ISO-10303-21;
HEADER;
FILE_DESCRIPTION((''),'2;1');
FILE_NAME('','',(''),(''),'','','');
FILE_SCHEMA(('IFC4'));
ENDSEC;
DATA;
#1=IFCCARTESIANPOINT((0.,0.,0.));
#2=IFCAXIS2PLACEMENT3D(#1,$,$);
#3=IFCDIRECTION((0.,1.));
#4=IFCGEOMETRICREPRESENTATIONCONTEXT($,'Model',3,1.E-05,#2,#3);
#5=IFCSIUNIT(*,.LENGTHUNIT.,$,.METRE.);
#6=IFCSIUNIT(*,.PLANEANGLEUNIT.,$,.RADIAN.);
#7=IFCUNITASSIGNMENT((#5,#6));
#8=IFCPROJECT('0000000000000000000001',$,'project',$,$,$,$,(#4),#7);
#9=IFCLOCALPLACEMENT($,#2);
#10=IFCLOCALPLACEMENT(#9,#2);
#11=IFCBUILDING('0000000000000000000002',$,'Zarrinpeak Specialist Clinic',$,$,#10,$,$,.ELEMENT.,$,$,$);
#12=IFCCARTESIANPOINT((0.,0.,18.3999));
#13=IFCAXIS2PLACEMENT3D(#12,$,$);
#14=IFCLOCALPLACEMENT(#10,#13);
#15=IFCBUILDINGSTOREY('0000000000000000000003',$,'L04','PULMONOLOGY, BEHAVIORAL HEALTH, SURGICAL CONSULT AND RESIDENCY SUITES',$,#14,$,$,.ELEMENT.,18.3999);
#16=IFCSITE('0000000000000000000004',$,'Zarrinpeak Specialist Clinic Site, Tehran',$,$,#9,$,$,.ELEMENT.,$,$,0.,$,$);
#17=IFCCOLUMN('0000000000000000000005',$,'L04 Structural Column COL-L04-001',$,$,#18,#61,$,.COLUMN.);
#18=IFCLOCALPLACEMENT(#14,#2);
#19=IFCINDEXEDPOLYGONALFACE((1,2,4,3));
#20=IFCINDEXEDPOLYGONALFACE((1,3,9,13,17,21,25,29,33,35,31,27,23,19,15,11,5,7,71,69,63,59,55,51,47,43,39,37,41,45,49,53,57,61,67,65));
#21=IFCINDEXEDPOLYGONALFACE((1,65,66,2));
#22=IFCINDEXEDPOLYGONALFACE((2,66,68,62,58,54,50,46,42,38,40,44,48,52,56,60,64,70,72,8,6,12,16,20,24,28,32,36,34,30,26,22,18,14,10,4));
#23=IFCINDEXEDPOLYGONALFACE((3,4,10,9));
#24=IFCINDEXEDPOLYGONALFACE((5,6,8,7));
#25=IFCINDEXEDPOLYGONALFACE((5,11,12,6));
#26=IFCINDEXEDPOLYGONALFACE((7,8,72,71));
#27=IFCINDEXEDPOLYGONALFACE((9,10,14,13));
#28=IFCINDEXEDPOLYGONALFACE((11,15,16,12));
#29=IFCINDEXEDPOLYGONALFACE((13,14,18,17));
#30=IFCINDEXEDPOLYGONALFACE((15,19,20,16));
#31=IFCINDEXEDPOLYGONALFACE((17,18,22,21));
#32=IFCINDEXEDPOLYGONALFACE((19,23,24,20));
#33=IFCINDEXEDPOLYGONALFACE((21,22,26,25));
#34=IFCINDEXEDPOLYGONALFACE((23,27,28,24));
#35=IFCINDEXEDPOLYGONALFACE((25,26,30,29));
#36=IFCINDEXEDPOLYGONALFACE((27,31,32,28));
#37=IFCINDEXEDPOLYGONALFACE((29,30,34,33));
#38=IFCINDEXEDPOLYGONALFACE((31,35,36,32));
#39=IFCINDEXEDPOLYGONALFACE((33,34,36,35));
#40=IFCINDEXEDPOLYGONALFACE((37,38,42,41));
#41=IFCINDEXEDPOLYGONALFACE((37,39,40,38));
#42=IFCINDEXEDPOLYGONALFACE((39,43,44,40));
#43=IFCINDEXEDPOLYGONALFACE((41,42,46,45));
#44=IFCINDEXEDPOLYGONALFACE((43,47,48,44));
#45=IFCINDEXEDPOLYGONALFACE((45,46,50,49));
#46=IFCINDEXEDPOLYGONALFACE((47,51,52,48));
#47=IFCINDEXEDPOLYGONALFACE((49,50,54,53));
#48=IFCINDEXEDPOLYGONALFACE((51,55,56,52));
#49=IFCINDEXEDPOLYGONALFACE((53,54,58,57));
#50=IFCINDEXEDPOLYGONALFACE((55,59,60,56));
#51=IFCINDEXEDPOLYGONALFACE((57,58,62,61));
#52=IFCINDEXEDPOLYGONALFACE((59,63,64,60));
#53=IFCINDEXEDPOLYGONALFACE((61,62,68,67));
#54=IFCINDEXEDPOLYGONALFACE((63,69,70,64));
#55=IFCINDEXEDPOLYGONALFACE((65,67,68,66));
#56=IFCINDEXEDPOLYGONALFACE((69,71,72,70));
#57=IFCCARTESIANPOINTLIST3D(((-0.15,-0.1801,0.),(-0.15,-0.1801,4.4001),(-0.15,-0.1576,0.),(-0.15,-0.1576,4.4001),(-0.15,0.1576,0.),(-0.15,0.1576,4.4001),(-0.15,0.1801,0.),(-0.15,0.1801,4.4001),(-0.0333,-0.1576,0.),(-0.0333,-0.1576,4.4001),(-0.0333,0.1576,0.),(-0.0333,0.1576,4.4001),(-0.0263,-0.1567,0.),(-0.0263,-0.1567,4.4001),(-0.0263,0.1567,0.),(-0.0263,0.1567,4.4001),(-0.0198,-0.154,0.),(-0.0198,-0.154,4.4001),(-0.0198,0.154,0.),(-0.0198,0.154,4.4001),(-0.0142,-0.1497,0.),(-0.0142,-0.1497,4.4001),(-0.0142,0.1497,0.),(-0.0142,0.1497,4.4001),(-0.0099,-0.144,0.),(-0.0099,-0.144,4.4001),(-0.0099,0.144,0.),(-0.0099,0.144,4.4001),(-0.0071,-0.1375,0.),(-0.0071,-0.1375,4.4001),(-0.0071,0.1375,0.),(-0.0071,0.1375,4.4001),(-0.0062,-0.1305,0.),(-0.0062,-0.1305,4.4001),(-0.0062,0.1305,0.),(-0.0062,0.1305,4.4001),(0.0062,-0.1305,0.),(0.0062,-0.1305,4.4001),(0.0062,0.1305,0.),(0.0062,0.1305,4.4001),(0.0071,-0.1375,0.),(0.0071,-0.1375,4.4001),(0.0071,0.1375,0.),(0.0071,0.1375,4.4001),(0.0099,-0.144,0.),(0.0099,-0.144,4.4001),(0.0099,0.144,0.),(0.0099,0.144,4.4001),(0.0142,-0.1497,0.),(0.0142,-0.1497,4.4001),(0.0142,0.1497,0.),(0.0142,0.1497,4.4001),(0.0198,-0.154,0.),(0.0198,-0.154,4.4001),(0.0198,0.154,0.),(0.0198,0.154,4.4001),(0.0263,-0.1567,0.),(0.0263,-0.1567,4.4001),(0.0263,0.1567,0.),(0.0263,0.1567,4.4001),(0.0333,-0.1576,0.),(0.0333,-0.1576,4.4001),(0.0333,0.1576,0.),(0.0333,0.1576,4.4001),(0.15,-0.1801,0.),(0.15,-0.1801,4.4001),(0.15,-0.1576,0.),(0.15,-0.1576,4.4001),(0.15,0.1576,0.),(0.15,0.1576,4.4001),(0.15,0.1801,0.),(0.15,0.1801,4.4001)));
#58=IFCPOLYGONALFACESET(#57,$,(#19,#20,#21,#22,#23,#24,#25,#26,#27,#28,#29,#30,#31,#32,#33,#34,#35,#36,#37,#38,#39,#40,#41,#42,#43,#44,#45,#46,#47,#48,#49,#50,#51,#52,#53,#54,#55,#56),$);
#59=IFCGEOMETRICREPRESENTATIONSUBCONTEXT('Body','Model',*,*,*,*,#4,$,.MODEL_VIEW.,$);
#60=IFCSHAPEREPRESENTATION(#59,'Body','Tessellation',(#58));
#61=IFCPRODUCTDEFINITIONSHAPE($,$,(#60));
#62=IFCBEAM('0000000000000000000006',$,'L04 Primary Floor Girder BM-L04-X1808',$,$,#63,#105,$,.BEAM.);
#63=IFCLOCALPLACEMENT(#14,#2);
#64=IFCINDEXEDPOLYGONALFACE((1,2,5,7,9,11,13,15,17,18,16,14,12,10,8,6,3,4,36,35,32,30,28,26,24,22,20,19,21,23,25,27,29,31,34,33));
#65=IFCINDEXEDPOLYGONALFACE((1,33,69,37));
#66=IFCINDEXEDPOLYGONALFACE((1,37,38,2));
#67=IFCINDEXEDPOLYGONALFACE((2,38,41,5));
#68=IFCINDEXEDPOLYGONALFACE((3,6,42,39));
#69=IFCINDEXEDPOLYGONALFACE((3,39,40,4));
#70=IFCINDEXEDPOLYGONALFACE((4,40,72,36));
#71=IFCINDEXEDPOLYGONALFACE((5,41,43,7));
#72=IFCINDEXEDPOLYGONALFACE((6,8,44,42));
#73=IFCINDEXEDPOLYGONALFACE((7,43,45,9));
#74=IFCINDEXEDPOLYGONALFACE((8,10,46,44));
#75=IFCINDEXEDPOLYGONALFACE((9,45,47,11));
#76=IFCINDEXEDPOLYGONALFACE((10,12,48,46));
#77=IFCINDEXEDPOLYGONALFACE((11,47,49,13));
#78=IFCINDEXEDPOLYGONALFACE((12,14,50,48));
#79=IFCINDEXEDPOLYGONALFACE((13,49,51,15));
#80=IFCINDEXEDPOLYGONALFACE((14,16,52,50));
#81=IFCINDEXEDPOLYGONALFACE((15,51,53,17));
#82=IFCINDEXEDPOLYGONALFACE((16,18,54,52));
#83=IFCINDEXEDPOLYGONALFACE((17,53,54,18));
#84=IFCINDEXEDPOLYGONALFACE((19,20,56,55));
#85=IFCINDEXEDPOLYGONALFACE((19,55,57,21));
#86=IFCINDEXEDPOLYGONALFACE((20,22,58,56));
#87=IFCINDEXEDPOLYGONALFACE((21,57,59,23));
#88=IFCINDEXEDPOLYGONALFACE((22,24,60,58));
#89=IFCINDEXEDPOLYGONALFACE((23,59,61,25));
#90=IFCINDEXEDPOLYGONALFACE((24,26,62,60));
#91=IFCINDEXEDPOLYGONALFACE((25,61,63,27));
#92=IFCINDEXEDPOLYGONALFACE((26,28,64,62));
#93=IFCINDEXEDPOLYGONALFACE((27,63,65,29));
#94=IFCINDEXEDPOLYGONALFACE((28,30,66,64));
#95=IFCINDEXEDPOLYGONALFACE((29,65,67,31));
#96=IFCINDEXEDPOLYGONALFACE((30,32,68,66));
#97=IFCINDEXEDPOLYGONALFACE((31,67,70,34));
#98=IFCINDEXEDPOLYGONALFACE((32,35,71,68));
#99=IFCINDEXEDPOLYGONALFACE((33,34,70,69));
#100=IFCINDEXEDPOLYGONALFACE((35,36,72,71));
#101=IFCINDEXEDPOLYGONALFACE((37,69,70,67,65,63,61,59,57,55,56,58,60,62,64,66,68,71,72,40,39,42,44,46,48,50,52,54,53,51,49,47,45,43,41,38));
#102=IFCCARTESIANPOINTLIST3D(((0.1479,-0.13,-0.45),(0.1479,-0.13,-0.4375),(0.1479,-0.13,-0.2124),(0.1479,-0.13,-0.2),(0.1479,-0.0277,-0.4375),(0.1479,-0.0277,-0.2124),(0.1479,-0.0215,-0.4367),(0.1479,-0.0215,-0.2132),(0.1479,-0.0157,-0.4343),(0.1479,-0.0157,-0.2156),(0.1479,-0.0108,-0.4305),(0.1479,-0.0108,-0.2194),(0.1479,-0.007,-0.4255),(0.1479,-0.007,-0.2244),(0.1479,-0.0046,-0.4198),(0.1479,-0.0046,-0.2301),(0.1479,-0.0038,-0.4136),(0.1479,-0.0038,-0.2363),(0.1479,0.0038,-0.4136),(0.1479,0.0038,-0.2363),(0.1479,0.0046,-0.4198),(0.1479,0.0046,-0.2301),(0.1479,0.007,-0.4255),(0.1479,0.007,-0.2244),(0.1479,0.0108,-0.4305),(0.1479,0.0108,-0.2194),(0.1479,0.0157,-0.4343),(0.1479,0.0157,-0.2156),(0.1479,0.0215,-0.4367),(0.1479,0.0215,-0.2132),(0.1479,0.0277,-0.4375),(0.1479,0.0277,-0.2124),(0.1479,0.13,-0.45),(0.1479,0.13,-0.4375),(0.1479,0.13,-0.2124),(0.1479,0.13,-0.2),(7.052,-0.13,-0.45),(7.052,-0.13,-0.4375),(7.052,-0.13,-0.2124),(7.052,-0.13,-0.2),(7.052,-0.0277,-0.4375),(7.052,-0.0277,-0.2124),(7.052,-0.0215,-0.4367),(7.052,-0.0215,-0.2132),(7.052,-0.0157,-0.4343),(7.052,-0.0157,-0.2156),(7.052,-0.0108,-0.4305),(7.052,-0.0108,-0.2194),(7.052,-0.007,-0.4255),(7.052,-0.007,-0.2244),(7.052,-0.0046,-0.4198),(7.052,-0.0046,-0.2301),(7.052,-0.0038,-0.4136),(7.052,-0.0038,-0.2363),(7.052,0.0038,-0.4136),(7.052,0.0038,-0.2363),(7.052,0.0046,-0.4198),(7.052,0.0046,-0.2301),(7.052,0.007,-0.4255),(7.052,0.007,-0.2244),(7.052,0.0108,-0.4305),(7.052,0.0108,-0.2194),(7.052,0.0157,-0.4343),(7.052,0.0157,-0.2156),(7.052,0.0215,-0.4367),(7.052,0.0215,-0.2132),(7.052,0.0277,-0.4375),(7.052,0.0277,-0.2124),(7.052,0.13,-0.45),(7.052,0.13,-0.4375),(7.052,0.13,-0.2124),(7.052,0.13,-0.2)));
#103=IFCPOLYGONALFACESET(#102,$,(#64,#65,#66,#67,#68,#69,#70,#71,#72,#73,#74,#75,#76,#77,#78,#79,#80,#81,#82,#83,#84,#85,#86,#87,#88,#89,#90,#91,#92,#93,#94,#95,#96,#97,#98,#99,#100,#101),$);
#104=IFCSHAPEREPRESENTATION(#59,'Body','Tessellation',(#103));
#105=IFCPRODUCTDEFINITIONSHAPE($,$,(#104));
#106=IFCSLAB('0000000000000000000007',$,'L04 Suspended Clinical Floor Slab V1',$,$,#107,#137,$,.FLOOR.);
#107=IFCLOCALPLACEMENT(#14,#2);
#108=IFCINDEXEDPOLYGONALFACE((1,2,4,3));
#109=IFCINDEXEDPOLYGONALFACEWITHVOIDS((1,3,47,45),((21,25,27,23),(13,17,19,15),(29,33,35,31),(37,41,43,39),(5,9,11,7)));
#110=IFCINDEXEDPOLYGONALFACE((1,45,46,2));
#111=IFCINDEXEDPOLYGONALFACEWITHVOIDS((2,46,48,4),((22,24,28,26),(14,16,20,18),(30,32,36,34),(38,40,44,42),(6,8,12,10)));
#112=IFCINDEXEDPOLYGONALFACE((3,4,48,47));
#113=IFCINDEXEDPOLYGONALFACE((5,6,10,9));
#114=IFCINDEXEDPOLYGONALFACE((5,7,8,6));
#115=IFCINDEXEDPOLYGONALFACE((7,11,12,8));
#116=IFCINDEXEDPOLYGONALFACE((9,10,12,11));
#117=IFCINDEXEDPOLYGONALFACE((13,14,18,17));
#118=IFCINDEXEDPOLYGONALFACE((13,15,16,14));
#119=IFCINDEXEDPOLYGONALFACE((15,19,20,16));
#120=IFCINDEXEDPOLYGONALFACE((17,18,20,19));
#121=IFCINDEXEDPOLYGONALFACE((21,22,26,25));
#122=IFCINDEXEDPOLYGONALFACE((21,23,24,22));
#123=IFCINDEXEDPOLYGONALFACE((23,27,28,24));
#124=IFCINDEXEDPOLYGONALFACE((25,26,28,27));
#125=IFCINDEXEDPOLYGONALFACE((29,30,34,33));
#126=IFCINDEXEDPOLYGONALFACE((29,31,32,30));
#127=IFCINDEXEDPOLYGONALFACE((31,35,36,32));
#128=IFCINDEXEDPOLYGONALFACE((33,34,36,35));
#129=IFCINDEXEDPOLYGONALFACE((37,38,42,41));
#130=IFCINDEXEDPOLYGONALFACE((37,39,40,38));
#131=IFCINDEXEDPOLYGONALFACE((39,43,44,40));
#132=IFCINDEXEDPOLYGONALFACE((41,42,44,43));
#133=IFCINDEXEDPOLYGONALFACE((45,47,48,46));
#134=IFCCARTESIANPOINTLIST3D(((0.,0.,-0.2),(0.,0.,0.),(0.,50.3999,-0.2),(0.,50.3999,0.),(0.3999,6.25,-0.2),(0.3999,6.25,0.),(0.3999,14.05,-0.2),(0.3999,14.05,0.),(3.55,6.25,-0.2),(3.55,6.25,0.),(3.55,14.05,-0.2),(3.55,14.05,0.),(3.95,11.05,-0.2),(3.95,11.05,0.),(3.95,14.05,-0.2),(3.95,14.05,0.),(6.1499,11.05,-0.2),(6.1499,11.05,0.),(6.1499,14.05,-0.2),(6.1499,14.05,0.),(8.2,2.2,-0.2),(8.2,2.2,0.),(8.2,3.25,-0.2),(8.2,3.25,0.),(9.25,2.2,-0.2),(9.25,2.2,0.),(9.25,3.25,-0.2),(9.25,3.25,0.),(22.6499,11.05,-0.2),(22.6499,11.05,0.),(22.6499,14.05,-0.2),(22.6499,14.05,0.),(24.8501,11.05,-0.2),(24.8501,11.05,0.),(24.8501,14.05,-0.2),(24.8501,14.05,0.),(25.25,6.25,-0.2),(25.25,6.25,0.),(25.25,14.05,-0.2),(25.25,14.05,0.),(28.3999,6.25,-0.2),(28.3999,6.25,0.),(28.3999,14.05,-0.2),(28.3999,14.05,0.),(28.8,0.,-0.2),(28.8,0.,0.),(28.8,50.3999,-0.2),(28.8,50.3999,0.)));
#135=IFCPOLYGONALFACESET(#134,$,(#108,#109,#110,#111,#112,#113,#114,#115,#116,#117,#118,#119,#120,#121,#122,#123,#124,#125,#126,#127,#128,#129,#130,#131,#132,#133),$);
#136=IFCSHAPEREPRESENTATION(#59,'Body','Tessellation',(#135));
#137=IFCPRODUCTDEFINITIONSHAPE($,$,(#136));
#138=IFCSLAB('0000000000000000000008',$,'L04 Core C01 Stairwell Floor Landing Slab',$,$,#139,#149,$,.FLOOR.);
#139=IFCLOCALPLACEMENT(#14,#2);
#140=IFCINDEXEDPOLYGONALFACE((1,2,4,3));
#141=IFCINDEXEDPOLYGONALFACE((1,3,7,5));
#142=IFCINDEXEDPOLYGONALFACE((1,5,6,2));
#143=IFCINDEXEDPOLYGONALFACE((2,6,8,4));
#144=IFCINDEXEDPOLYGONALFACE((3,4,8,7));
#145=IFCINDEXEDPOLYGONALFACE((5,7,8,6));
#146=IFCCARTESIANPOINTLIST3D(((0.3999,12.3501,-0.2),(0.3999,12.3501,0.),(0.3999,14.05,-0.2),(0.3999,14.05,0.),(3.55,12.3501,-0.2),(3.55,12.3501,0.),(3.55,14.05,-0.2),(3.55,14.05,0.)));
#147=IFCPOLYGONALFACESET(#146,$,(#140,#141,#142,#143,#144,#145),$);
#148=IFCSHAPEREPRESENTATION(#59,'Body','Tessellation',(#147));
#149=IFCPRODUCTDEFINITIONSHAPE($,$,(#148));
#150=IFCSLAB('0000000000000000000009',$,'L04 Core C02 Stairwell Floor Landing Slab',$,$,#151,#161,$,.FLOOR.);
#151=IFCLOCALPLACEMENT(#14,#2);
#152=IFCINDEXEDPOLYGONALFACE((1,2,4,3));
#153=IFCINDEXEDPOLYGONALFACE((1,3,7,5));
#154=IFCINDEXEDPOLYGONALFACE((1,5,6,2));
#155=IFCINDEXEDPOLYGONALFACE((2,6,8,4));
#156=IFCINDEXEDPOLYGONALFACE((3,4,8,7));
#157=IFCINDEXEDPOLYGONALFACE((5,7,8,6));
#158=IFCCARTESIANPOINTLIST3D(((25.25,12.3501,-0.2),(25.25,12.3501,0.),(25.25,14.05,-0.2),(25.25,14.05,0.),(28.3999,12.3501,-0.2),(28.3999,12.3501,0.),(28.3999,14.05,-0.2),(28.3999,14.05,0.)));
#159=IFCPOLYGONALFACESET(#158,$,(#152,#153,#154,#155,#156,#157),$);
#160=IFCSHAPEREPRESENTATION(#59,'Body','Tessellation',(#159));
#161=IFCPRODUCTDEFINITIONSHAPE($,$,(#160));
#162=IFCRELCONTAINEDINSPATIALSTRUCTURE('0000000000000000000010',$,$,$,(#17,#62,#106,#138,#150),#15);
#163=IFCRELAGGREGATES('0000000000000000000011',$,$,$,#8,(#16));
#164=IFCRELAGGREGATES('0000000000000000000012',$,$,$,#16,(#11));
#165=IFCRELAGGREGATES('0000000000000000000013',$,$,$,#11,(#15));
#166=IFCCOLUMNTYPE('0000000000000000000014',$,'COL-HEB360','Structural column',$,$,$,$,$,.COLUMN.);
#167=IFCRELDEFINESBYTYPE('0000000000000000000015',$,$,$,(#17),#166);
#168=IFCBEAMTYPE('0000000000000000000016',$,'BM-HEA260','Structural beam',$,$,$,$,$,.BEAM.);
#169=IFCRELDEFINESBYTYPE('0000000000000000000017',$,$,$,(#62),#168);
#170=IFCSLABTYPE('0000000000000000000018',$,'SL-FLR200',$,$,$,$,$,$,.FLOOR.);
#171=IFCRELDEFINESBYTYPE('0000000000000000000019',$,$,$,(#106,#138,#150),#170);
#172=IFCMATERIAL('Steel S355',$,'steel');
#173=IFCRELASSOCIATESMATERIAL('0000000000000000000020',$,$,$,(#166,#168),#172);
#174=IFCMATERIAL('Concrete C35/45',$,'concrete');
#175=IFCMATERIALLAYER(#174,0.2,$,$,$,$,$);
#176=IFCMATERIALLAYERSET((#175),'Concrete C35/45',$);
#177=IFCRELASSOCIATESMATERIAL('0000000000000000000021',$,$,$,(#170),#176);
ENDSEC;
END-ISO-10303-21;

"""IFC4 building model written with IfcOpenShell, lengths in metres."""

from ifc_helpers import new_model, si_unit, direction, frame, origin, origin_with_axes, origin_2d, place, context, subcontext, project, spatial, polyline, i_section, outline, extrude, material, layer, layer_set, material_profile, profile_set, type_object, element, save


model = new_model("IFC4")

# Units and contexts
model_context = context("Model", 3, precision=1e-05, world=origin(), true_north=direction((0.0, 1.0)))
body_context = subcontext(model_context, "Body", "Model", "MODEL_VIEW")
ifc_project = project(units=[si_unit("LENGTHUNIT", "METRE"), si_unit("PLANEANGLEUNIT", "RADIAN")], contexts=[model_context])

# Site, building, storey
site_placement = place(None, origin())
site = spatial("IfcSite", under=ifc_project, at=site_placement, Name="Zarrinpeak Specialist Clinic Site, Tehran", CompositionType="ELEMENT", RefElevation=0.0)
building_placement = place(site_placement, origin())
building = spatial("IfcBuilding", under=site, at=building_placement, Name="Zarrinpeak Specialist Clinic", CompositionType="ELEMENT")
storey_placement = place(building_placement, frame((0.0, 0.0, 18.3999)))
storey = spatial("IfcBuildingStorey", under=building, at=storey_placement, Name="L04", Description="PULMONOLOGY, BEHAVIORAL HEALTH, SURGICAL CONSULT AND RESIDENCY SUITES", CompositionType="ELEMENT", Elevation=18.3999)

# Column
ifc_material_1 = material(Name="Steel S355", Category="steel")
ifc_material_profile_1 = material_profile(ifc_material_1, i_section(OverallWidth=0.3, OverallDepth=0.3601, WebThickness=0.0125, FlangeThickness=0.0225, FilletRadius=0.0271, at=origin_2d()), Name="HEB 360")
ifc_profile_set_1 = profile_set([ifc_material_profile_1], Name="Steel S355")
column_type = type_object("IfcColumnType", Name="COL-HEB360", Description="Structural column", PredefinedType="COLUMN", material=ifc_profile_set_1)
column_placement = place(storey_placement, origin_with_axes())
element("IfcColumn", 1, at=column_placement, inside=storey, type_object=column_type, Name="L04 Structural Column COL-L04-001", PredefinedType="COLUMN", context=body_context, shape_type="SweptSolid", body=[
    extrude(i_section(OverallWidth=0.3, OverallDepth=0.3601, WebThickness=0.0125, FlangeThickness=0.0225, FilletRadius=0.0271, at=origin_2d()), origin(), (0.0, 0.0, 1.0), 4.4001),
])

# Beam
ifc_material_profile_2 = material_profile(ifc_material_1, i_section(OverallWidth=0.26, OverallDepth=0.25, WebThickness=0.0076, FlangeThickness=0.0125, FilletRadius=0.0239, at=origin_2d()), Name="HEA 260")
ifc_profile_set_2 = profile_set([ifc_material_profile_2], Name="Steel S355")
beam_type = type_object("IfcBeamType", Name="BM-HEA260", Description="Structural beam", PredefinedType="BEAM", material=ifc_profile_set_2)
beam_placement = place(storey_placement, frame((0.1479, 0.0, -0.325), z_axis=(1.0, 0.0, 0.0), x_axis=(0.0, 1.0, 0.0)))
element("IfcBeam", 2, at=beam_placement, inside=storey, type_object=beam_type, Name="L04 Primary Floor Girder BM-L04-X1808", PredefinedType="BEAM", context=body_context, shape_type="SweptSolid", body=[
    extrude(i_section(OverallWidth=0.26, OverallDepth=0.25, WebThickness=0.0076, FlangeThickness=0.0125, FilletRadius=0.0239, at=origin_2d()), origin(), (0.0, 0.0, 1.0), 6.9041),
])

# Slabs
ifc_material_2 = material(Name="Concrete C35/45", Category="concrete")
ifc_layer_1 = layer(ifc_material_2, 0.2)
ifc_layer_set_1 = layer_set([ifc_layer_1], Name="Concrete C35/45")
slab_type = type_object("IfcSlabType", Name="SL-FLR200", PredefinedType="FLOOR", material=ifc_layer_set_1)
slab_1_placement = place(storey_placement, frame((0.0, 0.0, -0.2)))
element("IfcSlab", 3, at=slab_1_placement, inside=storey, type_object=slab_type, Name="L04 Suspended Clinical Floor Slab V1", PredefinedType="FLOOR", context=body_context, shape_type="SweptSolid", body=[
    extrude(outline(polyline([(0.0, 0.0), (28.8, 0.0), (28.8, 50.3999), (0.0, 50.3999), (0.0, 0.0)]), holes=[polyline([(0.3999, 6.25), (3.55, 6.25), (3.55, 14.05), (0.3999, 14.05), (0.3999, 6.25)]), polyline([(3.95, 11.05), (6.1499, 11.05), (6.1499, 14.05), (3.95, 14.05), (3.95, 11.05)]), polyline([(25.25, 6.25), (28.3999, 6.25), (28.3999, 14.05), (25.25, 14.05), (25.25, 6.25)]), polyline([(22.6499, 11.05), (24.8501, 11.05), (24.8501, 14.05), (22.6499, 14.05), (22.6499, 11.05)]), polyline([(8.2, 2.2), (9.25, 2.2), (9.25, 3.25), (8.2, 3.25), (8.2, 2.2)])]), origin(), (0.0, 0.0, 1.0), 0.2),
])
slab_2_placement = place(storey_placement, frame((0.0, 0.0, -0.2)))
element("IfcSlab", 4, at=slab_2_placement, inside=storey, type_object=slab_type, Name="L04 Core C01 Stairwell Floor Landing Slab", PredefinedType="FLOOR", context=body_context, shape_type="SweptSolid", body=[
    extrude(outline(polyline([(0.3999, 12.3501), (3.55, 12.3501), (3.55, 14.05), (0.3999, 14.05), (0.3999, 12.3501)])), origin(), (0.0, 0.0, 1.0), 0.2),
])
slab_3_placement = place(storey_placement, frame((0.0, 0.0, -0.2)))
element("IfcSlab", 5, at=slab_3_placement, inside=storey, type_object=slab_type, Name="L04 Core C02 Stairwell Floor Landing Slab", PredefinedType="FLOOR", context=body_context, shape_type="SweptSolid", body=[
    extrude(outline(polyline([(25.25, 12.3501), (28.3999, 12.3501), (28.3999, 14.05), (25.25, 14.05), (25.25, 12.3501)])), origin(), (0.0, 0.0, 1.0), 0.2),
])

save(model, "model.ifc")
